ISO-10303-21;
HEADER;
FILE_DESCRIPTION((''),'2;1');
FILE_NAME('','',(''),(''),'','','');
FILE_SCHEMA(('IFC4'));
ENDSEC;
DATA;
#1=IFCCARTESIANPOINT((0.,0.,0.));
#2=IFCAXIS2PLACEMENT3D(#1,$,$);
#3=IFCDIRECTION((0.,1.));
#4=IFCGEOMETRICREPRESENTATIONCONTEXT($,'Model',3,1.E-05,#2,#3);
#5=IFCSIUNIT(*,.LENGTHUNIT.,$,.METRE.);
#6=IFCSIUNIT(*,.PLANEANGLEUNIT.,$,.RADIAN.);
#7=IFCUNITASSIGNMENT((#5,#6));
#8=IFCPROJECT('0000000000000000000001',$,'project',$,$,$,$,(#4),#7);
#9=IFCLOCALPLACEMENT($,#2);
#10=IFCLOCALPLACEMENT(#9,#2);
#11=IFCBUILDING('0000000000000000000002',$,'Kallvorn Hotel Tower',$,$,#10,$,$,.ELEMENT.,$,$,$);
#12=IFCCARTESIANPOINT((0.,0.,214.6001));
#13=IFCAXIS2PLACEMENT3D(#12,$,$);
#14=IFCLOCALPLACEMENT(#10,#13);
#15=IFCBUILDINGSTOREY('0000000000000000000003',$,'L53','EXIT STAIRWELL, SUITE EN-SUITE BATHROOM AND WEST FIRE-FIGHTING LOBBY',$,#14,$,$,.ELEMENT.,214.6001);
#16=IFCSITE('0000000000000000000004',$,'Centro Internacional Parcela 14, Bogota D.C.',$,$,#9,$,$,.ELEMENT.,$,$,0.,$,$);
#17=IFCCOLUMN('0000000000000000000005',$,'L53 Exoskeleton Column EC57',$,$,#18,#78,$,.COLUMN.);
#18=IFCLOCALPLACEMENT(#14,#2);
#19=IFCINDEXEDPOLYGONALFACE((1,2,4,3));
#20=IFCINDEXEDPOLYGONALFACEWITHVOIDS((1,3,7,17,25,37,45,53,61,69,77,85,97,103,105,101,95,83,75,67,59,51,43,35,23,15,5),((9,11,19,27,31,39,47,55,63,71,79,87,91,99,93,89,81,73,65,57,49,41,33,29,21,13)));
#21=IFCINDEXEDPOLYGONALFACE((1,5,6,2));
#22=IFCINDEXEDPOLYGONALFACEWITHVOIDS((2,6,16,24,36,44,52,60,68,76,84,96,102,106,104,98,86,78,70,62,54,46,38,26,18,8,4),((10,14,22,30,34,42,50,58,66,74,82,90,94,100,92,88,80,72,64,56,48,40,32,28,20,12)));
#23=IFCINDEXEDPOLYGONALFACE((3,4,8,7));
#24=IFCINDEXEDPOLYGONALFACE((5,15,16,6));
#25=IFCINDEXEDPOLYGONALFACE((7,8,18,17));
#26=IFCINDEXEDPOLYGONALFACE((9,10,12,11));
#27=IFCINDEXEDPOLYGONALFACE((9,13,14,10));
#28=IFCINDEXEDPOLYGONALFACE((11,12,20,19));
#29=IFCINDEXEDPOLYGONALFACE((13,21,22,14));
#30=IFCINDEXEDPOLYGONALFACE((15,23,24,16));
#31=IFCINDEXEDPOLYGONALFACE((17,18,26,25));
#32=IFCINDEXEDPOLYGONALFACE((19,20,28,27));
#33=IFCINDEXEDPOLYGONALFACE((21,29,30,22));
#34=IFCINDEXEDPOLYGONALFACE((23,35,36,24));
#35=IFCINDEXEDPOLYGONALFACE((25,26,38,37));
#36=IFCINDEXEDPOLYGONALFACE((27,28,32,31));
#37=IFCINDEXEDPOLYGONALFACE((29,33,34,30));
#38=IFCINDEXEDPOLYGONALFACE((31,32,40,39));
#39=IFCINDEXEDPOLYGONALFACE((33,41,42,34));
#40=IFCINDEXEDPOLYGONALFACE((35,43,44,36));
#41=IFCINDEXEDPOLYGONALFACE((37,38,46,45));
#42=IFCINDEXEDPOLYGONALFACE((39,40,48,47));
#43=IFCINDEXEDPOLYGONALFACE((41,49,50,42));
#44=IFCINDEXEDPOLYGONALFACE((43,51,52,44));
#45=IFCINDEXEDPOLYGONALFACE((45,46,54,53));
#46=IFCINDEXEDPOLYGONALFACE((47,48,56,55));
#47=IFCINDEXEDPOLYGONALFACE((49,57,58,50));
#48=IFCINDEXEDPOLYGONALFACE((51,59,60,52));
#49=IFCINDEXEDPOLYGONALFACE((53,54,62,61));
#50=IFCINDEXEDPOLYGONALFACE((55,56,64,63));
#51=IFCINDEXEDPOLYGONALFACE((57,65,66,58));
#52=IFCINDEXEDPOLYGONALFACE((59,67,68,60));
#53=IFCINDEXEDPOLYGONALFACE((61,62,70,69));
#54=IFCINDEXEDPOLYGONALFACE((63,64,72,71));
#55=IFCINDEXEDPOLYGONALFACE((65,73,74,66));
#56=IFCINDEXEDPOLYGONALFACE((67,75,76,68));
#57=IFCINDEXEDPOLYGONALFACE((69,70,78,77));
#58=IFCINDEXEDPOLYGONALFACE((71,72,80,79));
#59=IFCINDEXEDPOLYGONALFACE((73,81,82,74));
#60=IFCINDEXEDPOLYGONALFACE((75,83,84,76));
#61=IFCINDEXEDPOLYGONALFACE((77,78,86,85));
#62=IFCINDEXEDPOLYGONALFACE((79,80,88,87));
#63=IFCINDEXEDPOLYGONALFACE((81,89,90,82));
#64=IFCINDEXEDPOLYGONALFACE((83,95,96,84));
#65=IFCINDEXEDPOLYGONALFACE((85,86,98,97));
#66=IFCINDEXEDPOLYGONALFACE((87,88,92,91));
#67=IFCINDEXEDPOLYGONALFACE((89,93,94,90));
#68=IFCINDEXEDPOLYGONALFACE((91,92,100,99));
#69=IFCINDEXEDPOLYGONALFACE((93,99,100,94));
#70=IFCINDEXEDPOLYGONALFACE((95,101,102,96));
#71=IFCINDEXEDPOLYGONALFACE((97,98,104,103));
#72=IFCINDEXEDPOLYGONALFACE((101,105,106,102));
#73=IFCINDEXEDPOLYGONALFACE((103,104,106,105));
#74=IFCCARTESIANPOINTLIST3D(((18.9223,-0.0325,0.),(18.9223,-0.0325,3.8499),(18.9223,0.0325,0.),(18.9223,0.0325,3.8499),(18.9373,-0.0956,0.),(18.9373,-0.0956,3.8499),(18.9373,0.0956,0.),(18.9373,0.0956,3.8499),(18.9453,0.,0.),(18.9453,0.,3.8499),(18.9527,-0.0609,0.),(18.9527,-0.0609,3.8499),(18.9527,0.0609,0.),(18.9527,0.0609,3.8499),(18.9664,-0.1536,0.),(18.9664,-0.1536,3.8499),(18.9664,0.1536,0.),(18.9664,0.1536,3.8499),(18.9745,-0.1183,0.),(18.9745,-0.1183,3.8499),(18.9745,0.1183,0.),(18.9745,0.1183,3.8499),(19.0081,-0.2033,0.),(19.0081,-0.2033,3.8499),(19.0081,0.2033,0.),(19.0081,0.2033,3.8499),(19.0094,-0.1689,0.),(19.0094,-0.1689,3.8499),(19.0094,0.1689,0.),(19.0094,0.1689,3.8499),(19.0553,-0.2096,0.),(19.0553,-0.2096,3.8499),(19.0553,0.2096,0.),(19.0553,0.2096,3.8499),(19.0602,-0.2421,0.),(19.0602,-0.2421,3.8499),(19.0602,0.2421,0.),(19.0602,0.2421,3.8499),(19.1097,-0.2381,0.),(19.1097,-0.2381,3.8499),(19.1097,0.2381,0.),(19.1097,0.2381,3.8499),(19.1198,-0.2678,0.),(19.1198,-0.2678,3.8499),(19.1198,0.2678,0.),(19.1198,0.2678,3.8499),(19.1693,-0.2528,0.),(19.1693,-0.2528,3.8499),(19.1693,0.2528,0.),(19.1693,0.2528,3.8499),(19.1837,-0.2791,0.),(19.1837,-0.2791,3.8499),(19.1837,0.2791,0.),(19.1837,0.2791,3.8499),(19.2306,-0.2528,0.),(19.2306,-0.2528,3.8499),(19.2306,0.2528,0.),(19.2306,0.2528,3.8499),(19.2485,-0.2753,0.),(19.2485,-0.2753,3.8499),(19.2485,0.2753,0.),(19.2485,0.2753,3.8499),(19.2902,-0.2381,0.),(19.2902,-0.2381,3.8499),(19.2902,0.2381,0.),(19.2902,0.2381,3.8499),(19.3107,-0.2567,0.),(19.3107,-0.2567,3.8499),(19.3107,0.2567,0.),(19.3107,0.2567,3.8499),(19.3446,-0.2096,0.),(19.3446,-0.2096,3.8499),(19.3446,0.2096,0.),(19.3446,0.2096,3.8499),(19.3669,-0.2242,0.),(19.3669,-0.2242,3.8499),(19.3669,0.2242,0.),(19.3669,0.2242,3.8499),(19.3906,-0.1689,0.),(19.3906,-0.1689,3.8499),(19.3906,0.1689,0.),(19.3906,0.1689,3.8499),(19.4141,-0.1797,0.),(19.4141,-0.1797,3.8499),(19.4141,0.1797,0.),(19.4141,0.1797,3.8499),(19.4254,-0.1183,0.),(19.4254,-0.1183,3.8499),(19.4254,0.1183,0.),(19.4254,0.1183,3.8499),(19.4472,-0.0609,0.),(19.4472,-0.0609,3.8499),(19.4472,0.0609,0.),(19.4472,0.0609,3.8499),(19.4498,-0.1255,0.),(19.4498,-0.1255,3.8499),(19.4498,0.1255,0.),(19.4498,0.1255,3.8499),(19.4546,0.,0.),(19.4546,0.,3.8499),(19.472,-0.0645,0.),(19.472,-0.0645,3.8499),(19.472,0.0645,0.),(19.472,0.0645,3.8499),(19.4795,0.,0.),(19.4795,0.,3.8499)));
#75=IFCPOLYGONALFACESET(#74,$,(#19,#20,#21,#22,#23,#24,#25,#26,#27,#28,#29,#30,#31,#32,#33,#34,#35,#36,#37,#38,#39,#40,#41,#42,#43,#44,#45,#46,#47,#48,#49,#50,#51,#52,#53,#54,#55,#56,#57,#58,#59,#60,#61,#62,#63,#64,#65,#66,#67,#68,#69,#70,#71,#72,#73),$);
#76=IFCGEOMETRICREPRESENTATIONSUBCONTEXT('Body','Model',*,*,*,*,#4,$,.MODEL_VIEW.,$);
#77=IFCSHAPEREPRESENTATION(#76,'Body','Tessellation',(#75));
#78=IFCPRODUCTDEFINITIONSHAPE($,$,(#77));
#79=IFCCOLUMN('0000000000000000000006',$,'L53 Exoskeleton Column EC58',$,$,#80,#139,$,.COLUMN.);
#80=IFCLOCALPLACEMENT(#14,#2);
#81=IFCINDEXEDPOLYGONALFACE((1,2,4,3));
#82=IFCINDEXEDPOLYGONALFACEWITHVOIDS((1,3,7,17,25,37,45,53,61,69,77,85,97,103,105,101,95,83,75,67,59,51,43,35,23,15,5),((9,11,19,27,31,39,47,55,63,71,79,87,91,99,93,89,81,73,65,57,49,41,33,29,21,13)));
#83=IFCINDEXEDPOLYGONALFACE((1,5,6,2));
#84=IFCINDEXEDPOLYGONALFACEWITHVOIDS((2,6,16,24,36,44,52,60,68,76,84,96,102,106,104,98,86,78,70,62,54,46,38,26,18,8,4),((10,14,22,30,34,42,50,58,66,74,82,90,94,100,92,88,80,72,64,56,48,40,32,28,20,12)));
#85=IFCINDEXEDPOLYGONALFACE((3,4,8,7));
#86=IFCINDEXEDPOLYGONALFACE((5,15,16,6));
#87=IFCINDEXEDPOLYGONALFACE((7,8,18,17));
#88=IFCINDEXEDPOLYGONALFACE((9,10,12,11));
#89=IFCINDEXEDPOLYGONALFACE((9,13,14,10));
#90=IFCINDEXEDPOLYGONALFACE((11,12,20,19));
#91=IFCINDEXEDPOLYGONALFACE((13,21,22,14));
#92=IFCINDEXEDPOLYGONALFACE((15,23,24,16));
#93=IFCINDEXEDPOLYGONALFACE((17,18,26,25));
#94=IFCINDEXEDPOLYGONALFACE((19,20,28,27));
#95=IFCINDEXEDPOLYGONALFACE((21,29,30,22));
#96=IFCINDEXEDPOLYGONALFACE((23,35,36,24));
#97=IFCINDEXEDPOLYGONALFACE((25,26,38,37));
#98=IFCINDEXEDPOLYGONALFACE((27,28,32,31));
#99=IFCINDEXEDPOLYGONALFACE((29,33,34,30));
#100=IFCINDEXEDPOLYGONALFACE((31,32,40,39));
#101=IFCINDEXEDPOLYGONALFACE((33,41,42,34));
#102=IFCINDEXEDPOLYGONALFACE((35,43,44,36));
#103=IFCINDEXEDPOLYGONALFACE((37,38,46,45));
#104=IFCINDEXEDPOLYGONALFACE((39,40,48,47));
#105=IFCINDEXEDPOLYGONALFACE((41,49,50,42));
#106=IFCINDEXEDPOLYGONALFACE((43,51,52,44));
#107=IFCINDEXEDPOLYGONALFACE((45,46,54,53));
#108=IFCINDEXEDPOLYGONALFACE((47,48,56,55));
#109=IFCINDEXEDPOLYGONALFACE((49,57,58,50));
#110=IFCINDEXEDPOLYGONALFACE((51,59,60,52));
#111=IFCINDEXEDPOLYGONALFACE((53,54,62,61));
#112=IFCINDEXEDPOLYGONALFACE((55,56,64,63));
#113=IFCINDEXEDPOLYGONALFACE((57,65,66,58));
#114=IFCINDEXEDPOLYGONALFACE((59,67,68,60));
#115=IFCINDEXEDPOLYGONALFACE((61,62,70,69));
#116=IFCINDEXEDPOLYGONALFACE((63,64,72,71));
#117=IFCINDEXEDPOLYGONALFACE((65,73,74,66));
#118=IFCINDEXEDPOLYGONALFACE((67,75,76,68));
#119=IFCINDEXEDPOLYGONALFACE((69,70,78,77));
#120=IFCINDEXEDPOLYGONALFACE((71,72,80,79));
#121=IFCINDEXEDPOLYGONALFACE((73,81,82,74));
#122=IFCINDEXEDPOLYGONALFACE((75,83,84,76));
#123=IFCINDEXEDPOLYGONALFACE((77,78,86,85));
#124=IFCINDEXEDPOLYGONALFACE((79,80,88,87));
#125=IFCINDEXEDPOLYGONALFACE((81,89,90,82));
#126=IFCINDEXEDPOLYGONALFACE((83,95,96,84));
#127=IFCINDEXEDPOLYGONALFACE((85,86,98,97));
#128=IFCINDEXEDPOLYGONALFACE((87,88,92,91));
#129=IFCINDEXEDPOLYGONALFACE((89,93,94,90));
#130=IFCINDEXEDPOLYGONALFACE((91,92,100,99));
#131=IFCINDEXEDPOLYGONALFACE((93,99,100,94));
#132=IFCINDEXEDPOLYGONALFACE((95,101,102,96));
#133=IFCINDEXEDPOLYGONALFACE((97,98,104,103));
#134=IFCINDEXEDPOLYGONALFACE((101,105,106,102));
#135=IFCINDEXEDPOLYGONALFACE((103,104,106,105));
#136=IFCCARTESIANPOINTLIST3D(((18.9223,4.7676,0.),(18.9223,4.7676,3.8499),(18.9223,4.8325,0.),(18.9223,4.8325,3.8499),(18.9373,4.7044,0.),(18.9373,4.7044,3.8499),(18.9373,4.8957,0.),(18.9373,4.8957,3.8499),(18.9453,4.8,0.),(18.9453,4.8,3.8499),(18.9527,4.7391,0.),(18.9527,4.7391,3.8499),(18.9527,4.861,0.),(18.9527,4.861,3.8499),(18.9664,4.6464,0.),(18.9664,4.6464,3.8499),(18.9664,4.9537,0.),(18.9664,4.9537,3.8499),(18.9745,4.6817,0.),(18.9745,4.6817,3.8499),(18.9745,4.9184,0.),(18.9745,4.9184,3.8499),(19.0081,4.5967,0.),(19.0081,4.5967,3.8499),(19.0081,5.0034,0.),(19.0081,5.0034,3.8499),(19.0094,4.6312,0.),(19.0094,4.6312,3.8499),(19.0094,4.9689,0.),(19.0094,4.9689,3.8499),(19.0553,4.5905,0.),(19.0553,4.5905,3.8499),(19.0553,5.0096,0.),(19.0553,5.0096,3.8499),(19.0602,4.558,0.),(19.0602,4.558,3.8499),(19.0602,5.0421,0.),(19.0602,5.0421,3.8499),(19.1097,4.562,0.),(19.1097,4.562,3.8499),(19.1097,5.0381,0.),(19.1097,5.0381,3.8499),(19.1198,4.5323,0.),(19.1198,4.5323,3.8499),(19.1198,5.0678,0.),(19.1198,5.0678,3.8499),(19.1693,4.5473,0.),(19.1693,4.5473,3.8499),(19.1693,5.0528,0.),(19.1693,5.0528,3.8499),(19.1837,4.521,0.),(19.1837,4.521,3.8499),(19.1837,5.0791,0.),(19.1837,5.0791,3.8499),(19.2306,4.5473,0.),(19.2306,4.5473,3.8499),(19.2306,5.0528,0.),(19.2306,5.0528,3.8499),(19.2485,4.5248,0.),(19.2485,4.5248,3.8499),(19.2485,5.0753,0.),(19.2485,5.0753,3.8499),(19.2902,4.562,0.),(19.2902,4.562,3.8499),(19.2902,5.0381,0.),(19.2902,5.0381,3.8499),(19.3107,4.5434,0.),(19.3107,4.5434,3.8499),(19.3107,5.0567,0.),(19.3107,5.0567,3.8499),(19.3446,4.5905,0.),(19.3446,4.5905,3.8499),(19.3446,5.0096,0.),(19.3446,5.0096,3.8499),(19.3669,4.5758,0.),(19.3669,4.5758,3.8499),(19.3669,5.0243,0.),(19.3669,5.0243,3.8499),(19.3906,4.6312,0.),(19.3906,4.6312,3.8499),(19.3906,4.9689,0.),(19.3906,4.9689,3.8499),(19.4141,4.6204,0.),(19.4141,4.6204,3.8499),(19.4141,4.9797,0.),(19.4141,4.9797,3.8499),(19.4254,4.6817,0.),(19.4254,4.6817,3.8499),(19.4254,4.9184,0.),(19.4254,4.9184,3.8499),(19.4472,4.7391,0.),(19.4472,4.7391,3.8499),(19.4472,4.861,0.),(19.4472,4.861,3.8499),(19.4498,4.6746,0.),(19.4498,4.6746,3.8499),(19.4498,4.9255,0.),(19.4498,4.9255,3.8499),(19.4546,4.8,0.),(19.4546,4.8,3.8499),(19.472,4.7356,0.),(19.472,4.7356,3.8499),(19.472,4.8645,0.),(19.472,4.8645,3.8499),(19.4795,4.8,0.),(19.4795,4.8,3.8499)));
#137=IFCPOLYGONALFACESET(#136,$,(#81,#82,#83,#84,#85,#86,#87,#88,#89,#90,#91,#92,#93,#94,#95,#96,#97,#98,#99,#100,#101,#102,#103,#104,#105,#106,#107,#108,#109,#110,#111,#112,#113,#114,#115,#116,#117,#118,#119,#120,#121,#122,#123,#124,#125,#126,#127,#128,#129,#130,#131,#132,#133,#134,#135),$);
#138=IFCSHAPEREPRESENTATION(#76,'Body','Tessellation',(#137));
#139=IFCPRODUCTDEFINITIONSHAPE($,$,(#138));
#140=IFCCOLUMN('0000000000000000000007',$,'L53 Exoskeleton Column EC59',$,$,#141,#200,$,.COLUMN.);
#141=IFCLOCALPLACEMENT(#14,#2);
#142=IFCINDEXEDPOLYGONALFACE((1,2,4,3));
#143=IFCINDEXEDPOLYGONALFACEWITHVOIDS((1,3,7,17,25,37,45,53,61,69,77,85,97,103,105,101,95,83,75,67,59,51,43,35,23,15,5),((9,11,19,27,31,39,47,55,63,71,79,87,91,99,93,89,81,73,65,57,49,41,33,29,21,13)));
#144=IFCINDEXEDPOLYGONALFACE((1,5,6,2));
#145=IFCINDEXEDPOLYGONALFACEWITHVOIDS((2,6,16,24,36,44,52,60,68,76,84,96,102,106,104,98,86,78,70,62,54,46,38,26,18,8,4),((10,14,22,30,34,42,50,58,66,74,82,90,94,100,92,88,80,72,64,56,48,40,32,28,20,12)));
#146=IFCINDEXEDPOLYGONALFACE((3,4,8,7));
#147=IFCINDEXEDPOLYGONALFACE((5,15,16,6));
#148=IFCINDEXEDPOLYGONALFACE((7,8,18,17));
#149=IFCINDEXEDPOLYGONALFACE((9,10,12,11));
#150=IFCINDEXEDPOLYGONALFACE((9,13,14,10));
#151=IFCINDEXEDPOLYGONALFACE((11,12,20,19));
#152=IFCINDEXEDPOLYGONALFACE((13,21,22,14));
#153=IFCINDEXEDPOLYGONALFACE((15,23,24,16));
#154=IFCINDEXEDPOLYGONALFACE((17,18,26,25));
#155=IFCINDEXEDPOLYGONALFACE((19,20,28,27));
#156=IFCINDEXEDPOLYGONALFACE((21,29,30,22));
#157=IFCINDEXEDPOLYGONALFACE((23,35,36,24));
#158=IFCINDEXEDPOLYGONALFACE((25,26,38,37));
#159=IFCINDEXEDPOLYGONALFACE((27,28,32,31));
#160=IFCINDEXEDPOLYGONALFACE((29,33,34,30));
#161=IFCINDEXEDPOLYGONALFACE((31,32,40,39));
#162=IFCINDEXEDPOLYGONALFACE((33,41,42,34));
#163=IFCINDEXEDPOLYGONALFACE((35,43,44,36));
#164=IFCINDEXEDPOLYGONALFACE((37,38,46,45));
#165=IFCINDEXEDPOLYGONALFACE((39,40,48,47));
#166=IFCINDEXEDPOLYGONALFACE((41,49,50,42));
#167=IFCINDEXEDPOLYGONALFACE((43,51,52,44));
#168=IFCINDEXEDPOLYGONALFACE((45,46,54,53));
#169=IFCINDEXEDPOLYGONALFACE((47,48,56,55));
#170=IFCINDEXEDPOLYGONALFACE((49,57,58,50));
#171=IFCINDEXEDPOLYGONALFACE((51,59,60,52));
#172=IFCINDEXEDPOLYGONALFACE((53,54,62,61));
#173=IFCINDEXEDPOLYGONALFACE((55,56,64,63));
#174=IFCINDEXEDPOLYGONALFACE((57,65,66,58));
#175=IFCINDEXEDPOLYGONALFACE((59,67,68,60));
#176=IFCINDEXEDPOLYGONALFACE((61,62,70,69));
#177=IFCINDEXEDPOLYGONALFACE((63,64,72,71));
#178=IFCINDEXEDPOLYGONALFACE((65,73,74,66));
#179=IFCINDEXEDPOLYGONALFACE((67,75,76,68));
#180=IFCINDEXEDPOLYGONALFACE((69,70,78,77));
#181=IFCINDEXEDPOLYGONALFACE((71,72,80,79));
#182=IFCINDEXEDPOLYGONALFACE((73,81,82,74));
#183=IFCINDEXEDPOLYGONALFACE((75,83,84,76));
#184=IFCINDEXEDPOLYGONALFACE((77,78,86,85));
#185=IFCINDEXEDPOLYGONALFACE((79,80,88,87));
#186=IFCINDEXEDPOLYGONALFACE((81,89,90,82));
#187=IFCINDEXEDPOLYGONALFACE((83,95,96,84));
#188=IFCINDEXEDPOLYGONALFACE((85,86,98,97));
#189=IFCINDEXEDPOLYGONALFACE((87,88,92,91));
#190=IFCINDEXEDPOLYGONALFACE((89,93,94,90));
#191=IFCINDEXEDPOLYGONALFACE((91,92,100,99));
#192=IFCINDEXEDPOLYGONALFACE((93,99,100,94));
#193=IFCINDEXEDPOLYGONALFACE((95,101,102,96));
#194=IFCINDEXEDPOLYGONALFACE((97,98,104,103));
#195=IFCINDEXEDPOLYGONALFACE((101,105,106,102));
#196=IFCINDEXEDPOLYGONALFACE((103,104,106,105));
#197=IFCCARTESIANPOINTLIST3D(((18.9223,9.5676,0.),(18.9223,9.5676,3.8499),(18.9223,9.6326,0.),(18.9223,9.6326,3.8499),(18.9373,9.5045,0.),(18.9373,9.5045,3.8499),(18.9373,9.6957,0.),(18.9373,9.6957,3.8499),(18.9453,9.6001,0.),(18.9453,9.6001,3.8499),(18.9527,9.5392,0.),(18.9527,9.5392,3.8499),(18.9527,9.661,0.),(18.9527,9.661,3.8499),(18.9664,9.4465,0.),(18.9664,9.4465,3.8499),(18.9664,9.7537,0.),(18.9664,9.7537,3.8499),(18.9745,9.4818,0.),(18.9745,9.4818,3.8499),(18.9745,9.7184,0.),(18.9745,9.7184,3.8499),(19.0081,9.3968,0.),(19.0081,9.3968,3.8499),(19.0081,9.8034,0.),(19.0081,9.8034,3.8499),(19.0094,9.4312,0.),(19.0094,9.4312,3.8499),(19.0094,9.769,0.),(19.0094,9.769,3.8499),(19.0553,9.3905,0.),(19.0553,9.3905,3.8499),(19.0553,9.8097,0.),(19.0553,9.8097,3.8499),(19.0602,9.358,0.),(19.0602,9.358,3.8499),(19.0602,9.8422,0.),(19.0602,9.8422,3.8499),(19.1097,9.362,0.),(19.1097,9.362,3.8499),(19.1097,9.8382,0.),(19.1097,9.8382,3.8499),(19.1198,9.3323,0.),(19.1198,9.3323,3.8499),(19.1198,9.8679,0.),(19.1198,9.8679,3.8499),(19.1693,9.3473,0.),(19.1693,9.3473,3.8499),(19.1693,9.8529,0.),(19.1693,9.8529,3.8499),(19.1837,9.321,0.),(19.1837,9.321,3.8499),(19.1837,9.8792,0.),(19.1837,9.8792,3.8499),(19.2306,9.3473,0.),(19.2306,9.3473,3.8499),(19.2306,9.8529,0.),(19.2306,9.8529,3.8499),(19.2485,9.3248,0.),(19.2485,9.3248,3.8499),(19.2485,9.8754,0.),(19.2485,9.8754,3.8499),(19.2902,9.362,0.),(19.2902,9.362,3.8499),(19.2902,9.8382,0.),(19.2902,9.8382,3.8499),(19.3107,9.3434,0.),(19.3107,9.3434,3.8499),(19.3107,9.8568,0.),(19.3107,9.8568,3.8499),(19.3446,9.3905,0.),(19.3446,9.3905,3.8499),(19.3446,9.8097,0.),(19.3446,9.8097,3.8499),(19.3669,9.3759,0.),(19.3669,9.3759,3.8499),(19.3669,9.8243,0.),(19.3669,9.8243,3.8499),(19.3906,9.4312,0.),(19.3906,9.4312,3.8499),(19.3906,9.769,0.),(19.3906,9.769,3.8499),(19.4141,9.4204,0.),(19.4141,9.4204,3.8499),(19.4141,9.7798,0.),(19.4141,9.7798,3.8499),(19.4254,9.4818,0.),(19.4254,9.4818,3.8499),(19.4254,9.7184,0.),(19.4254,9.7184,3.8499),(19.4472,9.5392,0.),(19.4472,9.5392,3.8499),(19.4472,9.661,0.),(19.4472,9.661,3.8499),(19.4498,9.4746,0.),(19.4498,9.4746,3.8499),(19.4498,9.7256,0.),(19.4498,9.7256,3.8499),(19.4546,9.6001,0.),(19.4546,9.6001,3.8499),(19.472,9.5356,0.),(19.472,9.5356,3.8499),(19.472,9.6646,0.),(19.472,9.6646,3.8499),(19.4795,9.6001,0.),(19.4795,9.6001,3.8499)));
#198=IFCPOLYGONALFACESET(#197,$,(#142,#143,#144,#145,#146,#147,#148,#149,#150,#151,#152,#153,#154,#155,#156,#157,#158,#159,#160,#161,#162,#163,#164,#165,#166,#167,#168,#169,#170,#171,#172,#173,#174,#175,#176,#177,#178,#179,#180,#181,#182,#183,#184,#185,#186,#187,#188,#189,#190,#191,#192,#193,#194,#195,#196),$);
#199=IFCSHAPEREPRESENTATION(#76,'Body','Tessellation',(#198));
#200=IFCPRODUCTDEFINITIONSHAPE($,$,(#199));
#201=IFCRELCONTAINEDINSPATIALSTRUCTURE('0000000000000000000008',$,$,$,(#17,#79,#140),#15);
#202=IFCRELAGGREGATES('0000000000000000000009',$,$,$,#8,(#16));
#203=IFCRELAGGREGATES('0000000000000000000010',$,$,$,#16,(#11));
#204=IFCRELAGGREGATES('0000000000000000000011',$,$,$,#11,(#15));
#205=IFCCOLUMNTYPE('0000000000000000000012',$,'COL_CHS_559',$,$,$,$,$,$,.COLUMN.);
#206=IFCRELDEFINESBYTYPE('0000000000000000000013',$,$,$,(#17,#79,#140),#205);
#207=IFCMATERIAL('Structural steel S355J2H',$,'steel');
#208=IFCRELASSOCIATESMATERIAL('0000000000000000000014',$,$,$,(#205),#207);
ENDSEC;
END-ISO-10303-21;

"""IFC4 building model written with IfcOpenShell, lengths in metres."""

from ifc_helpers import new_model, si_unit, direction, frame, origin, origin_2d, place, context, subcontext, project, spatial, hollow_circle, extrude, material, material_profile, profile_set, type_object, element, save


model = new_model("IFC4")

# Units and contexts
model_context = context("Model", 3, precision=1e-05, world=origin(), true_north=direction((0.0, 1.0)))
body_context = subcontext(model_context, "Body", "Model", "MODEL_VIEW")
ifc_project = project(units=[si_unit("LENGTHUNIT", "METRE"), si_unit("PLANEANGLEUNIT", "RADIAN")], contexts=[model_context])

# Site, building, storey
site_placement = place(None, origin())
site = spatial("IfcSite", under=ifc_project, at=site_placement, Name="Centro Internacional Parcela 14, Bogota D.C.", CompositionType="ELEMENT", RefElevation=0.0)
building_placement = place(site_placement, origin())
building = spatial("IfcBuilding", under=site, at=building_placement, Name="Kallvorn Hotel Tower", CompositionType="ELEMENT")
storey_placement = place(building_placement, frame((0.0, 0.0, 214.6001)))
storey = spatial("IfcBuildingStorey", under=building, at=storey_placement, Name="L53", Description="EXIT STAIRWELL, SUITE EN-SUITE BATHROOM AND WEST FIRE-FIGHTING LOBBY", CompositionType="ELEMENT", Elevation=214.6001)

# Columns
ifc_material_1 = material(Name="Structural steel S355J2H", Category="steel")
ifc_material_profile_1 = material_profile(ifc_material_1, hollow_circle(Radius=0.2795, WallThickness=0.0249, at=origin_2d()), Name="CHS 559x25")
ifc_profile_set_1 = profile_set([ifc_material_profile_1], Name="Structural steel S355J2H")
column_type_1 = type_object("IfcColumnType", Name="COL_CHS_559", PredefinedType="COLUMN", material=ifc_profile_set_1)
for number, where, z_axis, x_axis, name in (
    (1, (19.2, 0.0, 0.0), (0.0, 0.0, 1.0), (1.0, 0.0, 0.0), "L53 Exoskeleton Column EC57"),
    (2, (19.2, 4.8, 0.0), (0.0, 0.0, 1.0), (1.0, 0.0, 0.0), "L53 Exoskeleton Column EC58"),
    (3, (19.2, 9.6001, 0.0), (0.0, 0.0, 1.0), (1.0, 0.0, 0.0), "L53 Exoskeleton Column EC59"),
):
    element("IfcColumn", number, at=place(storey_placement, frame(where, z_axis=z_axis, x_axis=x_axis)), inside=storey, type_object=column_type_1, Name=name, PredefinedType="COLUMN", context=body_context, shape_type="SweptSolid", body=[
        extrude(hollow_circle(Radius=0.2795, WallThickness=0.0249, at=origin_2d()), origin(), (0.0, 0.0, 1.0), 3.8499),
    ])

save(model, "model.ifc")
